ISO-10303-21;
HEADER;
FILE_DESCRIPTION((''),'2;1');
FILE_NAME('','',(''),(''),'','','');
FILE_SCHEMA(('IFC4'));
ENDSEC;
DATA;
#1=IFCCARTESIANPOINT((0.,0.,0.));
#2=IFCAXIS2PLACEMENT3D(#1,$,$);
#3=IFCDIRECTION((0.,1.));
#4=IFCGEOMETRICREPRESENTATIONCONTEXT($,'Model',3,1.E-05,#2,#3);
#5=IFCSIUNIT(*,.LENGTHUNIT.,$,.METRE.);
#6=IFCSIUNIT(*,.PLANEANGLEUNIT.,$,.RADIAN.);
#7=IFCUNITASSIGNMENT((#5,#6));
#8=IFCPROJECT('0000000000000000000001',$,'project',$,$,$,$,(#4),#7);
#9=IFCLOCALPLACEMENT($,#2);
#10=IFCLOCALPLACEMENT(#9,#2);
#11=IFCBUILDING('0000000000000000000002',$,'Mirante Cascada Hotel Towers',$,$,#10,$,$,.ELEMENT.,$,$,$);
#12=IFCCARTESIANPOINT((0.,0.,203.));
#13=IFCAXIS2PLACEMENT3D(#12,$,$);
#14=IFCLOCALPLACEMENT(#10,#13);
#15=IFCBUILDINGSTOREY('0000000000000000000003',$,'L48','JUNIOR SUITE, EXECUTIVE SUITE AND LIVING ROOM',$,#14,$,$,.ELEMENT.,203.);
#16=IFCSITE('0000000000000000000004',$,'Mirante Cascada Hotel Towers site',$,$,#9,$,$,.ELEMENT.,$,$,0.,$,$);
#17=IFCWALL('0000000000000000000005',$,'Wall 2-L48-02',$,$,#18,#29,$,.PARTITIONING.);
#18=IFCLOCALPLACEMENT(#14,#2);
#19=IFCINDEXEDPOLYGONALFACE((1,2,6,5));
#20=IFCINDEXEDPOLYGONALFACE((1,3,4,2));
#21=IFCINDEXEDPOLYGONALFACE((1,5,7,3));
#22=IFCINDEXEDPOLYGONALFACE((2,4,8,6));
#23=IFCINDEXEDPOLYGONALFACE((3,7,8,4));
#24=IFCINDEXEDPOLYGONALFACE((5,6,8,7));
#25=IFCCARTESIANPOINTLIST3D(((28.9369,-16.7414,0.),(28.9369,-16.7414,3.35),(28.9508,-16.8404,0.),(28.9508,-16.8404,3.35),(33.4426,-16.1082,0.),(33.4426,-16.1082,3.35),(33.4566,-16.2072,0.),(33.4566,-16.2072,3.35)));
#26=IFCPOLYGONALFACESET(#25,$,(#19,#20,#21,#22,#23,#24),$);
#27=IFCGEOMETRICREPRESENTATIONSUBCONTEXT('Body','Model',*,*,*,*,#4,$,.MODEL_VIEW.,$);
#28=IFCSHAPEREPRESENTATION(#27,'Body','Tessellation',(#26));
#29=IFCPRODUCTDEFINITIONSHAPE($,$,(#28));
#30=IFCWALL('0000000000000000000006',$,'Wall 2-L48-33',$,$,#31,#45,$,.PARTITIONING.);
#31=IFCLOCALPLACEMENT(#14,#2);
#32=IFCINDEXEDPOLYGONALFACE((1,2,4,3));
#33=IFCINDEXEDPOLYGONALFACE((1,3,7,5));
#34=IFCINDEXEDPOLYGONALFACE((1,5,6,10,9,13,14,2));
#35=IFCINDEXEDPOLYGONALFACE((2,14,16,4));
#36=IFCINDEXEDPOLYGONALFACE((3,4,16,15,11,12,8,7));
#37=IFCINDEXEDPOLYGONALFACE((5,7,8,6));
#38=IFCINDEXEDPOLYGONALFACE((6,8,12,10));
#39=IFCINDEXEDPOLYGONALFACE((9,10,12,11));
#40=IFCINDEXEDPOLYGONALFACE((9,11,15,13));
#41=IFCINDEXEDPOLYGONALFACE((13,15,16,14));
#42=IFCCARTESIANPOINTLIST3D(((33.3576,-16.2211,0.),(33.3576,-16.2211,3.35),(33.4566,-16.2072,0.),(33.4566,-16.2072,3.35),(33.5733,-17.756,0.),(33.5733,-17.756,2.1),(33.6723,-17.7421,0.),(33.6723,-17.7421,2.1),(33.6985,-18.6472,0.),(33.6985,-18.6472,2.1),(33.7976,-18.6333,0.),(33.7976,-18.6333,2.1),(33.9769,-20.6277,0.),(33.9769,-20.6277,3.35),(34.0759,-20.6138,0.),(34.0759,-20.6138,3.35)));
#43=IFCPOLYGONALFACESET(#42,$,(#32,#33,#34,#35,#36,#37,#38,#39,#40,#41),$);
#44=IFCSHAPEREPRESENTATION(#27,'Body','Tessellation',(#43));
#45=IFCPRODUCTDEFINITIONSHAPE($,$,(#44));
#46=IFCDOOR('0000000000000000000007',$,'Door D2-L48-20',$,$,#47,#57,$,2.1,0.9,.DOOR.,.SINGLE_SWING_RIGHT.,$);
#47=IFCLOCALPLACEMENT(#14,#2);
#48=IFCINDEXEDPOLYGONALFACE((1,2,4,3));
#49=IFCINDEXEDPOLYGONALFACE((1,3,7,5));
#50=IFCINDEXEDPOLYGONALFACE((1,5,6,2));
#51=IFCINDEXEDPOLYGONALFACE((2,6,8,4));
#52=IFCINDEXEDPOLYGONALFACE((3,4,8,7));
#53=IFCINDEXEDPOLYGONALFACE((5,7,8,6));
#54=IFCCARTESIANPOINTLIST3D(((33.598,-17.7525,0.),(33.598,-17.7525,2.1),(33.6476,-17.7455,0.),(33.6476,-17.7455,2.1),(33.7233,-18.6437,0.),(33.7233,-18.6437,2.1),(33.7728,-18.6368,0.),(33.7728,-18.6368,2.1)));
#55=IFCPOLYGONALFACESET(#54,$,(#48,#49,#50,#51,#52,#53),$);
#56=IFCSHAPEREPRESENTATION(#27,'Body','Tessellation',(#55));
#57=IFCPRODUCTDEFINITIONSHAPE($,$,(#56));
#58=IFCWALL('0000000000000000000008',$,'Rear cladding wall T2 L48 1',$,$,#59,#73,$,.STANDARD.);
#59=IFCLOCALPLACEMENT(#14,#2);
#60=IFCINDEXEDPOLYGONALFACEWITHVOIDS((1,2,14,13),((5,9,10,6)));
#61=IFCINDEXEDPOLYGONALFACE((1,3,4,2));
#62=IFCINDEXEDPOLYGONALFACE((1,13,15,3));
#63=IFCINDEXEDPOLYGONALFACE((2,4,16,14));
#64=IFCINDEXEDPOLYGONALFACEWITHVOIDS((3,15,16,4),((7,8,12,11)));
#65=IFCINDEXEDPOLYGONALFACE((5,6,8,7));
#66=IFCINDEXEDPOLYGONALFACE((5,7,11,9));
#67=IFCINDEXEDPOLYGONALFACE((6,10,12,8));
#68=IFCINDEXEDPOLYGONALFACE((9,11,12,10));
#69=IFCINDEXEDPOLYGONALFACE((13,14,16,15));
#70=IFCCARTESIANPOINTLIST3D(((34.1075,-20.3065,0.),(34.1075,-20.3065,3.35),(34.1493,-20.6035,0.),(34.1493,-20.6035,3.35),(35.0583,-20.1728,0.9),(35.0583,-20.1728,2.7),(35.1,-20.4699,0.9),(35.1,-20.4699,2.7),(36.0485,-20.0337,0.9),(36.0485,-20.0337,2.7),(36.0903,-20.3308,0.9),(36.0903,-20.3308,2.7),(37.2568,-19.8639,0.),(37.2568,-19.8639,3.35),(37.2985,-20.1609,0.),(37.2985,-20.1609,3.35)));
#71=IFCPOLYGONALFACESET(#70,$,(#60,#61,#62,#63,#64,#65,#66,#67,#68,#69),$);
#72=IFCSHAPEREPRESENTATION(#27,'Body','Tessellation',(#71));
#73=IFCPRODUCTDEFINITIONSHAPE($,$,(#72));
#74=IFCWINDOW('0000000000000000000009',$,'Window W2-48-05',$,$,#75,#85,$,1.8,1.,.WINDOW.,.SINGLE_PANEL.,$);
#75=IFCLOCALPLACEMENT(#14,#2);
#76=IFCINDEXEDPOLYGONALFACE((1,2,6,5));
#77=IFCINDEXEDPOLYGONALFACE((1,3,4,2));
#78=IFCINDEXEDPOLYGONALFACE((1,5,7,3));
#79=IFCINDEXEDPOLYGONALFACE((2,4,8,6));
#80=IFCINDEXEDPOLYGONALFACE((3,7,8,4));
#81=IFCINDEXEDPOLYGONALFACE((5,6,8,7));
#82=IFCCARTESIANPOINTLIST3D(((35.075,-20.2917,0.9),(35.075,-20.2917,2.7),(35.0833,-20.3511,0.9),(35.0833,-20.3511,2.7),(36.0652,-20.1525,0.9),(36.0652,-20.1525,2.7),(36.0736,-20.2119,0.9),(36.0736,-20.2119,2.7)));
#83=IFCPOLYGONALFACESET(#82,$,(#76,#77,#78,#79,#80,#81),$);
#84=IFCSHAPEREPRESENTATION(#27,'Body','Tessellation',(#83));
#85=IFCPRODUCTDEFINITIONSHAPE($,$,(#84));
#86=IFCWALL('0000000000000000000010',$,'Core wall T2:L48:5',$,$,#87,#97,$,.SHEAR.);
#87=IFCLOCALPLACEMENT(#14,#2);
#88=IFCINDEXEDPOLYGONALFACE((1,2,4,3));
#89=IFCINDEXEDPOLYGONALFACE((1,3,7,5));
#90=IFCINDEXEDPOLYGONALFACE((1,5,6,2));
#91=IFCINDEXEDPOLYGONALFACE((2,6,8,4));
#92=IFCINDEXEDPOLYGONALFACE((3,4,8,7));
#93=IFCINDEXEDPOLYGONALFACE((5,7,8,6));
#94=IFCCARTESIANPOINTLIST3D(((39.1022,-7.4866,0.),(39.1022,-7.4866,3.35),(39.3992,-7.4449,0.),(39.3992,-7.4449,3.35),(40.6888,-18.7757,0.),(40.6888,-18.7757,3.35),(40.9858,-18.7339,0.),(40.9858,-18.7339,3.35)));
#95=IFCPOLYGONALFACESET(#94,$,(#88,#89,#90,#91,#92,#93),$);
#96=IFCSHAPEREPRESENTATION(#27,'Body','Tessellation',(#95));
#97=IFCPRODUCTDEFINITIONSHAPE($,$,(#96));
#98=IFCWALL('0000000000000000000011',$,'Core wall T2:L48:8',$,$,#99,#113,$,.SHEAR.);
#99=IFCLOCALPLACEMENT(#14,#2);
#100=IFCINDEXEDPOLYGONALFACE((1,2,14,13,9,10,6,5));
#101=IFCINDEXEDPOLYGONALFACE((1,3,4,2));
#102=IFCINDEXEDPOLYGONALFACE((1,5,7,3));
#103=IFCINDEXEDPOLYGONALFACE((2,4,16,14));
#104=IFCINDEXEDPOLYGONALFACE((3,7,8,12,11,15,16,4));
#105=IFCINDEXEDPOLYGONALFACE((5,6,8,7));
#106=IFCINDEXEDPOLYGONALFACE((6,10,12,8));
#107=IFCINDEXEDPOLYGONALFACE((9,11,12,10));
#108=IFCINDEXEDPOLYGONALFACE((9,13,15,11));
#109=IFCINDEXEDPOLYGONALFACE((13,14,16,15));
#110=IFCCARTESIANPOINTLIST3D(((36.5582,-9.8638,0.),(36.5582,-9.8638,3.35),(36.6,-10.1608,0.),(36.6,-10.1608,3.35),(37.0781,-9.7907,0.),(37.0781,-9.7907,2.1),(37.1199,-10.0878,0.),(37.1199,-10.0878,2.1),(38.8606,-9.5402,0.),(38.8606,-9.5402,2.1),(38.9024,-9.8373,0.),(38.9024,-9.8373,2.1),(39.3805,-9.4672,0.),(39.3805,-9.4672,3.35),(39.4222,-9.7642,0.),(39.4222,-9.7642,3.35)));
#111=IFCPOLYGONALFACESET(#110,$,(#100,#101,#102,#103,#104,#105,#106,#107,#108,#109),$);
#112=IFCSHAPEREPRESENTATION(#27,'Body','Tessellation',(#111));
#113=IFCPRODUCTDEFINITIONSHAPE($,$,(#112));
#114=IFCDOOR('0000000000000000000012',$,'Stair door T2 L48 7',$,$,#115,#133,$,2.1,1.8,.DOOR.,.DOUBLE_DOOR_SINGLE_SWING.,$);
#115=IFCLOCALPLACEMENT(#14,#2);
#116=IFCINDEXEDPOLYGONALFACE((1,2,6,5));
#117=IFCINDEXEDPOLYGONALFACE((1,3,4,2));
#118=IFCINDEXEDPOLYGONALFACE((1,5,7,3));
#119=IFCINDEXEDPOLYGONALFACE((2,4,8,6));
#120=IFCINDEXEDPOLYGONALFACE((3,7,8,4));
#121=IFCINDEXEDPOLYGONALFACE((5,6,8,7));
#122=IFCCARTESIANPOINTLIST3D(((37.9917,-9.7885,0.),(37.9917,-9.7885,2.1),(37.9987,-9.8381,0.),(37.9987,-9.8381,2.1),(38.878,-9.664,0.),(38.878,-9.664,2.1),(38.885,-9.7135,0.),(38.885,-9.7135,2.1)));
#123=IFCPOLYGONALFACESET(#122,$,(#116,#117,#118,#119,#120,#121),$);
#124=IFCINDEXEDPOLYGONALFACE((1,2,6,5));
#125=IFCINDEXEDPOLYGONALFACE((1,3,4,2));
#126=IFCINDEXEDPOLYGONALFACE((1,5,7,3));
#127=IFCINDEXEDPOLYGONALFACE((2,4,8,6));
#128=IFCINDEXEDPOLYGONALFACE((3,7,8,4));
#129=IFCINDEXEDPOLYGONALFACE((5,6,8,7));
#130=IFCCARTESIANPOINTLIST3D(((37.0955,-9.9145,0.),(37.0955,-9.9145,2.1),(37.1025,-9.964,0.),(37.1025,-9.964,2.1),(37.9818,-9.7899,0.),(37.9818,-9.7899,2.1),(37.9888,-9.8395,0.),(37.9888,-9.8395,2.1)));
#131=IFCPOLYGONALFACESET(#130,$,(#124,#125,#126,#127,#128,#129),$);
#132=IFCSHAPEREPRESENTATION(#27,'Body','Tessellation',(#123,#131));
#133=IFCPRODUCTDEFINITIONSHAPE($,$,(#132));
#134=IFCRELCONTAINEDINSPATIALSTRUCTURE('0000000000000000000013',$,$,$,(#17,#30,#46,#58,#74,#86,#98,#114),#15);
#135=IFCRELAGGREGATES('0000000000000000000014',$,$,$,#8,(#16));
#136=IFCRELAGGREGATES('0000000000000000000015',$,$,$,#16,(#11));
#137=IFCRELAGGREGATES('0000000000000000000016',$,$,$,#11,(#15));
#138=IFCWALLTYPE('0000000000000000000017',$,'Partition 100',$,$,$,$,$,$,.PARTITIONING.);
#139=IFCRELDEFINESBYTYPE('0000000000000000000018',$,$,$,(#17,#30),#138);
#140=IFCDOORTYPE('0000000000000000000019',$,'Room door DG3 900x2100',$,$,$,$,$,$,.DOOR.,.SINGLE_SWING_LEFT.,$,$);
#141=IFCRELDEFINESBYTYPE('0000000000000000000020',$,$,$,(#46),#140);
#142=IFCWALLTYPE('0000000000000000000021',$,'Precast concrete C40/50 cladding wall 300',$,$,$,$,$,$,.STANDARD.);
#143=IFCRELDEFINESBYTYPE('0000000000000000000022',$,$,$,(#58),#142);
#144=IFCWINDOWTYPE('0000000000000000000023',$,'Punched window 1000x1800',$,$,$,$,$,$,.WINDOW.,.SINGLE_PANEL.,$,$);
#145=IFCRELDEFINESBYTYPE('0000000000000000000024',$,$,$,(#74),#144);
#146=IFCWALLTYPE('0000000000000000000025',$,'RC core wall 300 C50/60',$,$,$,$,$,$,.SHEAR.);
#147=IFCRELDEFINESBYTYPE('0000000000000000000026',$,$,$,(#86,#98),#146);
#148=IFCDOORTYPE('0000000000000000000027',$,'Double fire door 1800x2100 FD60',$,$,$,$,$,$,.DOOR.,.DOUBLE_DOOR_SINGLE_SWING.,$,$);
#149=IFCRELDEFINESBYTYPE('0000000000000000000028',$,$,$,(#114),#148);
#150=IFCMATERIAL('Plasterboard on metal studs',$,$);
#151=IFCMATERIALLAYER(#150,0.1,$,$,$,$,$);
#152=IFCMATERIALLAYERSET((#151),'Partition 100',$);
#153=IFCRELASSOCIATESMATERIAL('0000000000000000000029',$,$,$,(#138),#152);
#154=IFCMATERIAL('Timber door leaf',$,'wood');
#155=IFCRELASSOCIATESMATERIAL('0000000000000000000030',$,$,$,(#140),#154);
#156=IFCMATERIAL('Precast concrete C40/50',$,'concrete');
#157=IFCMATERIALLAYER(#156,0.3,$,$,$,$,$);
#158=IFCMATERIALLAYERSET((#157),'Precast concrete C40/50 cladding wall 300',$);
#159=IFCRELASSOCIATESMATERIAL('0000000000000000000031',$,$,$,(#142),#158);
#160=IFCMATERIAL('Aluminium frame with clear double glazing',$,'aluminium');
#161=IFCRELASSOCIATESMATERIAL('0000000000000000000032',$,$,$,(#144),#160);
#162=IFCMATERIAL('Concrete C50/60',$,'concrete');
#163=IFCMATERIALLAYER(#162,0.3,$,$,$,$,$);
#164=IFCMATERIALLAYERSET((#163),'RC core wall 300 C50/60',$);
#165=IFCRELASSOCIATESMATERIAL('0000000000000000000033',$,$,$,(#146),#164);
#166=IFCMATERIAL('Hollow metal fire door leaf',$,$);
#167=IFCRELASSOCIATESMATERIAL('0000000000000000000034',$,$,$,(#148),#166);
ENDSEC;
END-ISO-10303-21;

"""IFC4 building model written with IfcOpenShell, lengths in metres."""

from ifc_helpers import new_model, si_unit, direction, frame, frame_2d, origin, place, context, subcontext, project, spatial, rectangle, extrude, material, layer, layer_set, type_object, element, fill, save


model = new_model("IFC4")

# Units and contexts
model_context = context("Model", 3, precision=1e-05, world=origin(), true_north=direction((0.0, 1.0)))
body_context = subcontext(model_context, "Body", "Model", "MODEL_VIEW")
ifc_project = project(units=[si_unit("LENGTHUNIT", "METRE"), si_unit("PLANEANGLEUNIT", "RADIAN")], contexts=[model_context])

# Site, building, storey
site_placement = place(None, origin())
site = spatial("IfcSite", under=ifc_project, at=site_placement, Name="Mirante Cascada Hotel Towers site", CompositionType="ELEMENT", RefElevation=0.0)
building_placement = place(site_placement, origin())
building = spatial("IfcBuilding", under=site, at=building_placement, Name="Mirante Cascada Hotel Towers", CompositionType="ELEMENT")
storey_placement = place(building_placement, frame((0.0, 0.0, 203.0)))
storey = spatial("IfcBuildingStorey", under=building, at=storey_placement, Name="L48", Description="JUNIOR SUITE, EXECUTIVE SUITE AND LIVING ROOM", CompositionType="ELEMENT", Elevation=203.0)

# Wall
ifc_material_1 = material(Name="Plasterboard on metal studs")
ifc_layer_1 = layer(ifc_material_1, 0.1)
ifc_layer_set_1 = layer_set([ifc_layer_1], Name="Partition 100")
wall_type_1 = type_object("IfcWallType", Name="Partition 100", PredefinedType="PARTITIONING", material=ifc_layer_set_1)
wall_1_placement = place(storey_placement, frame((33.4496, -16.1577, 0.0), z_axis=(0.0, 0.0, 1.0), x_axis=(-0.990269, -0.139166, 0.0)))
element("IfcWall", 1, at=wall_1_placement, inside=storey, type_object=wall_type_1, Name="Wall 2-L48-02", PredefinedType="PARTITIONING", context=body_context, shape_type="SweptSolid", body=[
    extrude(rectangle(XDim=4.55, YDim=0.1, at=frame_2d((2.275, 0.0))), origin(), (0.0, 0.0, 1.0), 3.35),
])

# Wall, opening, door
wall_2_placement = place(storey_placement, frame((34.0264, -20.6208, 0.0), z_axis=(0.0, 0.0, 1.0), x_axis=(-0.139172, 0.990268, 0.0)))
wall_2 = element("IfcWall", 2, at=wall_2_placement, inside=storey, type_object=wall_type_1, Name="Wall 2-L48-33", PredefinedType="PARTITIONING", context=body_context, shape_type="SweptSolid", body=[
    extrude(rectangle(XDim=4.4499, YDim=0.1, at=frame_2d((2.225, 0.0))), origin(), (0.0, 0.0, 1.0), 3.35),
])
opening_1_placement = place(wall_2_placement, frame((2.0, 0.0, 0.0)))
opening_1 = element("IfcOpeningElement", 3, at=opening_1_placement, cuts=wall_2, PredefinedType="OPENING", context=body_context, shape_type="SweptSolid", body=[
    extrude(rectangle(XDim=0.9, YDim=2.1, at=frame_2d((0.45, 1.05))), frame((0.0, 0.05, 0.0), z_axis=(0.0, -1.0, 0.0), x_axis=(1.0, 0.0, 0.0)), (0.0, 0.0, 1.0), 0.1),
])
ifc_material_2 = material(Name="Timber door leaf", Category="wood")
door_type_1 = type_object("IfcDoorType", Name="Room door DG3 900x2100", OperationType="SINGLE_SWING_LEFT", PredefinedType="DOOR", material=ifc_material_2)
door_1_placement = place(opening_1_placement, frame((0.9, 0.0, 0.0), z_axis=(0.0, 0.0, 1.0), x_axis=(-1.0, 0.0, 0.0)))
door_1 = element("IfcDoor", 4, at=door_1_placement, inside=storey, type_object=door_type_1, Name="Door D2-L48-20", OperationType="SINGLE_SWING_RIGHT", OverallHeight=2.1, OverallWidth=0.9, PredefinedType="DOOR", context=body_context, shape_type="SweptSolid", body=[
    extrude(rectangle(XDim=0.9, YDim=2.1, at=frame_2d((0.45, 1.05))), frame((0.0, 0.025, 0.0), z_axis=(0.0, -1.0, 0.0), x_axis=(1.0, 0.0, 0.0)), (0.0, 0.0, 1.0), 0.05),
])
fill(opening_1, door_1)

# Wall, opening, window
ifc_material_3 = material(Name="Precast concrete C40/50", Category="concrete")
ifc_layer_2 = layer(ifc_material_3, 0.3)
ifc_layer_set_2 = layer_set([ifc_layer_2], Name="Precast concrete C40/50 cladding wall 300")
wall_type_2 = type_object("IfcWallType", Name="Precast concrete C40/50 cladding wall 300", PredefinedType="STANDARD", material=ifc_layer_set_2)
wall_3_placement = place(storey_placement, frame((34.1284, -20.455, 0.0), z_axis=(0.0, 0.0, 1.0), x_axis=(0.990268, 0.139172, 0.0)))
wall_3 = element("IfcWall", 5, at=wall_3_placement, inside=storey, type_object=wall_type_2, Name="Rear cladding wall T2 L48 1", PredefinedType="STANDARD", context=body_context, shape_type="SweptSolid", body=[
    extrude(rectangle(XDim=3.1802, YDim=0.3, at=frame_2d((1.5901, 0.0))), origin(), (0.0, 0.0, 1.0), 3.35),
])
opening_2_placement = place(wall_3_placement, frame((0.9601, 0.0, 0.9)))
opening_2 = element("IfcOpeningElement", 6, at=opening_2_placement, cuts=wall_3, PredefinedType="OPENING", context=body_context, shape_type="SweptSolid", body=[
    extrude(rectangle(XDim=1.0, YDim=1.8, at=frame_2d((0.5, 0.9))), frame((0.0, 0.15, 0.0), z_axis=(0.0, -1.0, 0.0), x_axis=(1.0, 0.0, 0.0)), (0.0, 0.0, 1.0), 0.3),
])
ifc_material_4 = material(Name="Aluminium frame with clear double glazing", Category="aluminium")
window_type = type_object("IfcWindowType", Name="Punched window 1000x1800", PartitioningType="SINGLE_PANEL", PredefinedType="WINDOW", material=ifc_material_4)
window_placement = place(opening_2_placement, origin())
window = element("IfcWindow", 7, at=window_placement, inside=storey, type_object=window_type, Name="Window W2-48-05", OverallHeight=1.8, OverallWidth=1.0, PartitioningType="SINGLE_PANEL", PredefinedType="WINDOW", context=body_context, shape_type="SweptSolid", body=[
    extrude(rectangle(XDim=1.0, YDim=1.8, at=frame_2d((0.5, 0.9))), frame((0.0, 0.03, 0.0), z_axis=(0.0, -1.0, 0.0), x_axis=(1.0, 0.0, 0.0)), (0.0, 0.0, 1.0), 0.06),
])
fill(opening_2, window)

# Wall
ifc_material_5 = material(Name="Concrete C50/60", Category="concrete")
ifc_layer_3 = layer(ifc_material_5, 0.3)
ifc_layer_set_3 = layer_set([ifc_layer_3], Name="RC core wall 300 C50/60")
wall_type_3 = type_object("IfcWallType", Name="RC core wall 300 C50/60", PredefinedType="SHEAR", material=ifc_layer_set_3)
wall_4_placement = place(storey_placement, frame((40.8373, -18.7548, 0.0), z_axis=(0.0, 0.0, 1.0), x_axis=(-0.139175, 0.990268, 0.0)))
element("IfcWall", 8, at=wall_4_placement, inside=storey, type_object=wall_type_3, Name="Core wall T2:L48:5", PredefinedType="SHEAR", context=body_context, shape_type="SweptSolid", body=[
    extrude(rectangle(XDim=11.4, YDim=0.3, at=frame_2d((5.7, 0.0))), origin(), (0.0, 0.0, 1.0), 3.35),
])

# Wall, opening, door
wall_5_placement = place(storey_placement, frame((36.5791, -10.0123, 0.0), z_axis=(0.0, 0.0, 1.0), x_axis=(0.99027, 0.139156, 0.0)))
wall_5 = element("IfcWall", 9, at=wall_5_placement, inside=storey, type_object=wall_type_3, Name="Core wall T2:L48:8", PredefinedType="SHEAR", context=body_context, shape_type="SweptSolid", body=[
    extrude(rectangle(XDim=2.85, YDim=0.3, at=frame_2d((1.425, 0.0))), origin(), (0.0, 0.0, 1.0), 3.35),
])
opening_3_placement = place(wall_5_placement, frame((0.525, 0.0, 0.0)))
opening_3 = element("IfcOpeningElement", 10, at=opening_3_placement, cuts=wall_5, PredefinedType="OPENING", context=body_context, shape_type="SweptSolid", body=[
    extrude(rectangle(XDim=1.8, YDim=2.1, at=frame_2d((0.9, 1.05))), frame((0.0, 0.15, 0.0), z_axis=(0.0, -1.0, 0.0), x_axis=(1.0, 0.0, 0.0)), (0.0, 0.0, 1.0), 0.3),
])
ifc_material_6 = material(Name="Hollow metal fire door leaf")
door_type_2 = type_object("IfcDoorType", Name="Double fire door 1800x2100 FD60", OperationType="DOUBLE_DOOR_SINGLE_SWING", PredefinedType="DOOR", material=ifc_material_6)
door_2_placement = place(opening_3_placement, frame((1.8, 0.0, 0.0), z_axis=(0.0, 0.0, 1.0), x_axis=(-1.0, 0.0, 0.0)))
door_2 = element("IfcDoor", 11, at=door_2_placement, inside=storey, type_object=door_type_2, Name="Stair door T2 L48 7", OperationType="DOUBLE_DOOR_SINGLE_SWING", OverallHeight=2.1, OverallWidth=1.8, PredefinedType="DOOR", context=body_context, shape_type="SweptSolid", body=[
    extrude(rectangle(XDim=0.895, YDim=2.1, at=frame_2d((0.4475, 1.05))), frame((0.0, 0.025, 0.0), z_axis=(0.0, -1.0, 0.0), x_axis=(1.0, 0.0, 0.0)), (0.0, 0.0, 1.0), 0.05),
    extrude(rectangle(XDim=0.895, YDim=2.1, at=frame_2d((1.3525, 1.05))), frame((0.0, 0.025, 0.0), z_axis=(0.0, -1.0, 0.0), x_axis=(1.0, 0.0, 0.0)), (0.0, 0.0, 1.0), 0.05),
])
fill(opening_3, door_2)

save(model, "model.ifc")
